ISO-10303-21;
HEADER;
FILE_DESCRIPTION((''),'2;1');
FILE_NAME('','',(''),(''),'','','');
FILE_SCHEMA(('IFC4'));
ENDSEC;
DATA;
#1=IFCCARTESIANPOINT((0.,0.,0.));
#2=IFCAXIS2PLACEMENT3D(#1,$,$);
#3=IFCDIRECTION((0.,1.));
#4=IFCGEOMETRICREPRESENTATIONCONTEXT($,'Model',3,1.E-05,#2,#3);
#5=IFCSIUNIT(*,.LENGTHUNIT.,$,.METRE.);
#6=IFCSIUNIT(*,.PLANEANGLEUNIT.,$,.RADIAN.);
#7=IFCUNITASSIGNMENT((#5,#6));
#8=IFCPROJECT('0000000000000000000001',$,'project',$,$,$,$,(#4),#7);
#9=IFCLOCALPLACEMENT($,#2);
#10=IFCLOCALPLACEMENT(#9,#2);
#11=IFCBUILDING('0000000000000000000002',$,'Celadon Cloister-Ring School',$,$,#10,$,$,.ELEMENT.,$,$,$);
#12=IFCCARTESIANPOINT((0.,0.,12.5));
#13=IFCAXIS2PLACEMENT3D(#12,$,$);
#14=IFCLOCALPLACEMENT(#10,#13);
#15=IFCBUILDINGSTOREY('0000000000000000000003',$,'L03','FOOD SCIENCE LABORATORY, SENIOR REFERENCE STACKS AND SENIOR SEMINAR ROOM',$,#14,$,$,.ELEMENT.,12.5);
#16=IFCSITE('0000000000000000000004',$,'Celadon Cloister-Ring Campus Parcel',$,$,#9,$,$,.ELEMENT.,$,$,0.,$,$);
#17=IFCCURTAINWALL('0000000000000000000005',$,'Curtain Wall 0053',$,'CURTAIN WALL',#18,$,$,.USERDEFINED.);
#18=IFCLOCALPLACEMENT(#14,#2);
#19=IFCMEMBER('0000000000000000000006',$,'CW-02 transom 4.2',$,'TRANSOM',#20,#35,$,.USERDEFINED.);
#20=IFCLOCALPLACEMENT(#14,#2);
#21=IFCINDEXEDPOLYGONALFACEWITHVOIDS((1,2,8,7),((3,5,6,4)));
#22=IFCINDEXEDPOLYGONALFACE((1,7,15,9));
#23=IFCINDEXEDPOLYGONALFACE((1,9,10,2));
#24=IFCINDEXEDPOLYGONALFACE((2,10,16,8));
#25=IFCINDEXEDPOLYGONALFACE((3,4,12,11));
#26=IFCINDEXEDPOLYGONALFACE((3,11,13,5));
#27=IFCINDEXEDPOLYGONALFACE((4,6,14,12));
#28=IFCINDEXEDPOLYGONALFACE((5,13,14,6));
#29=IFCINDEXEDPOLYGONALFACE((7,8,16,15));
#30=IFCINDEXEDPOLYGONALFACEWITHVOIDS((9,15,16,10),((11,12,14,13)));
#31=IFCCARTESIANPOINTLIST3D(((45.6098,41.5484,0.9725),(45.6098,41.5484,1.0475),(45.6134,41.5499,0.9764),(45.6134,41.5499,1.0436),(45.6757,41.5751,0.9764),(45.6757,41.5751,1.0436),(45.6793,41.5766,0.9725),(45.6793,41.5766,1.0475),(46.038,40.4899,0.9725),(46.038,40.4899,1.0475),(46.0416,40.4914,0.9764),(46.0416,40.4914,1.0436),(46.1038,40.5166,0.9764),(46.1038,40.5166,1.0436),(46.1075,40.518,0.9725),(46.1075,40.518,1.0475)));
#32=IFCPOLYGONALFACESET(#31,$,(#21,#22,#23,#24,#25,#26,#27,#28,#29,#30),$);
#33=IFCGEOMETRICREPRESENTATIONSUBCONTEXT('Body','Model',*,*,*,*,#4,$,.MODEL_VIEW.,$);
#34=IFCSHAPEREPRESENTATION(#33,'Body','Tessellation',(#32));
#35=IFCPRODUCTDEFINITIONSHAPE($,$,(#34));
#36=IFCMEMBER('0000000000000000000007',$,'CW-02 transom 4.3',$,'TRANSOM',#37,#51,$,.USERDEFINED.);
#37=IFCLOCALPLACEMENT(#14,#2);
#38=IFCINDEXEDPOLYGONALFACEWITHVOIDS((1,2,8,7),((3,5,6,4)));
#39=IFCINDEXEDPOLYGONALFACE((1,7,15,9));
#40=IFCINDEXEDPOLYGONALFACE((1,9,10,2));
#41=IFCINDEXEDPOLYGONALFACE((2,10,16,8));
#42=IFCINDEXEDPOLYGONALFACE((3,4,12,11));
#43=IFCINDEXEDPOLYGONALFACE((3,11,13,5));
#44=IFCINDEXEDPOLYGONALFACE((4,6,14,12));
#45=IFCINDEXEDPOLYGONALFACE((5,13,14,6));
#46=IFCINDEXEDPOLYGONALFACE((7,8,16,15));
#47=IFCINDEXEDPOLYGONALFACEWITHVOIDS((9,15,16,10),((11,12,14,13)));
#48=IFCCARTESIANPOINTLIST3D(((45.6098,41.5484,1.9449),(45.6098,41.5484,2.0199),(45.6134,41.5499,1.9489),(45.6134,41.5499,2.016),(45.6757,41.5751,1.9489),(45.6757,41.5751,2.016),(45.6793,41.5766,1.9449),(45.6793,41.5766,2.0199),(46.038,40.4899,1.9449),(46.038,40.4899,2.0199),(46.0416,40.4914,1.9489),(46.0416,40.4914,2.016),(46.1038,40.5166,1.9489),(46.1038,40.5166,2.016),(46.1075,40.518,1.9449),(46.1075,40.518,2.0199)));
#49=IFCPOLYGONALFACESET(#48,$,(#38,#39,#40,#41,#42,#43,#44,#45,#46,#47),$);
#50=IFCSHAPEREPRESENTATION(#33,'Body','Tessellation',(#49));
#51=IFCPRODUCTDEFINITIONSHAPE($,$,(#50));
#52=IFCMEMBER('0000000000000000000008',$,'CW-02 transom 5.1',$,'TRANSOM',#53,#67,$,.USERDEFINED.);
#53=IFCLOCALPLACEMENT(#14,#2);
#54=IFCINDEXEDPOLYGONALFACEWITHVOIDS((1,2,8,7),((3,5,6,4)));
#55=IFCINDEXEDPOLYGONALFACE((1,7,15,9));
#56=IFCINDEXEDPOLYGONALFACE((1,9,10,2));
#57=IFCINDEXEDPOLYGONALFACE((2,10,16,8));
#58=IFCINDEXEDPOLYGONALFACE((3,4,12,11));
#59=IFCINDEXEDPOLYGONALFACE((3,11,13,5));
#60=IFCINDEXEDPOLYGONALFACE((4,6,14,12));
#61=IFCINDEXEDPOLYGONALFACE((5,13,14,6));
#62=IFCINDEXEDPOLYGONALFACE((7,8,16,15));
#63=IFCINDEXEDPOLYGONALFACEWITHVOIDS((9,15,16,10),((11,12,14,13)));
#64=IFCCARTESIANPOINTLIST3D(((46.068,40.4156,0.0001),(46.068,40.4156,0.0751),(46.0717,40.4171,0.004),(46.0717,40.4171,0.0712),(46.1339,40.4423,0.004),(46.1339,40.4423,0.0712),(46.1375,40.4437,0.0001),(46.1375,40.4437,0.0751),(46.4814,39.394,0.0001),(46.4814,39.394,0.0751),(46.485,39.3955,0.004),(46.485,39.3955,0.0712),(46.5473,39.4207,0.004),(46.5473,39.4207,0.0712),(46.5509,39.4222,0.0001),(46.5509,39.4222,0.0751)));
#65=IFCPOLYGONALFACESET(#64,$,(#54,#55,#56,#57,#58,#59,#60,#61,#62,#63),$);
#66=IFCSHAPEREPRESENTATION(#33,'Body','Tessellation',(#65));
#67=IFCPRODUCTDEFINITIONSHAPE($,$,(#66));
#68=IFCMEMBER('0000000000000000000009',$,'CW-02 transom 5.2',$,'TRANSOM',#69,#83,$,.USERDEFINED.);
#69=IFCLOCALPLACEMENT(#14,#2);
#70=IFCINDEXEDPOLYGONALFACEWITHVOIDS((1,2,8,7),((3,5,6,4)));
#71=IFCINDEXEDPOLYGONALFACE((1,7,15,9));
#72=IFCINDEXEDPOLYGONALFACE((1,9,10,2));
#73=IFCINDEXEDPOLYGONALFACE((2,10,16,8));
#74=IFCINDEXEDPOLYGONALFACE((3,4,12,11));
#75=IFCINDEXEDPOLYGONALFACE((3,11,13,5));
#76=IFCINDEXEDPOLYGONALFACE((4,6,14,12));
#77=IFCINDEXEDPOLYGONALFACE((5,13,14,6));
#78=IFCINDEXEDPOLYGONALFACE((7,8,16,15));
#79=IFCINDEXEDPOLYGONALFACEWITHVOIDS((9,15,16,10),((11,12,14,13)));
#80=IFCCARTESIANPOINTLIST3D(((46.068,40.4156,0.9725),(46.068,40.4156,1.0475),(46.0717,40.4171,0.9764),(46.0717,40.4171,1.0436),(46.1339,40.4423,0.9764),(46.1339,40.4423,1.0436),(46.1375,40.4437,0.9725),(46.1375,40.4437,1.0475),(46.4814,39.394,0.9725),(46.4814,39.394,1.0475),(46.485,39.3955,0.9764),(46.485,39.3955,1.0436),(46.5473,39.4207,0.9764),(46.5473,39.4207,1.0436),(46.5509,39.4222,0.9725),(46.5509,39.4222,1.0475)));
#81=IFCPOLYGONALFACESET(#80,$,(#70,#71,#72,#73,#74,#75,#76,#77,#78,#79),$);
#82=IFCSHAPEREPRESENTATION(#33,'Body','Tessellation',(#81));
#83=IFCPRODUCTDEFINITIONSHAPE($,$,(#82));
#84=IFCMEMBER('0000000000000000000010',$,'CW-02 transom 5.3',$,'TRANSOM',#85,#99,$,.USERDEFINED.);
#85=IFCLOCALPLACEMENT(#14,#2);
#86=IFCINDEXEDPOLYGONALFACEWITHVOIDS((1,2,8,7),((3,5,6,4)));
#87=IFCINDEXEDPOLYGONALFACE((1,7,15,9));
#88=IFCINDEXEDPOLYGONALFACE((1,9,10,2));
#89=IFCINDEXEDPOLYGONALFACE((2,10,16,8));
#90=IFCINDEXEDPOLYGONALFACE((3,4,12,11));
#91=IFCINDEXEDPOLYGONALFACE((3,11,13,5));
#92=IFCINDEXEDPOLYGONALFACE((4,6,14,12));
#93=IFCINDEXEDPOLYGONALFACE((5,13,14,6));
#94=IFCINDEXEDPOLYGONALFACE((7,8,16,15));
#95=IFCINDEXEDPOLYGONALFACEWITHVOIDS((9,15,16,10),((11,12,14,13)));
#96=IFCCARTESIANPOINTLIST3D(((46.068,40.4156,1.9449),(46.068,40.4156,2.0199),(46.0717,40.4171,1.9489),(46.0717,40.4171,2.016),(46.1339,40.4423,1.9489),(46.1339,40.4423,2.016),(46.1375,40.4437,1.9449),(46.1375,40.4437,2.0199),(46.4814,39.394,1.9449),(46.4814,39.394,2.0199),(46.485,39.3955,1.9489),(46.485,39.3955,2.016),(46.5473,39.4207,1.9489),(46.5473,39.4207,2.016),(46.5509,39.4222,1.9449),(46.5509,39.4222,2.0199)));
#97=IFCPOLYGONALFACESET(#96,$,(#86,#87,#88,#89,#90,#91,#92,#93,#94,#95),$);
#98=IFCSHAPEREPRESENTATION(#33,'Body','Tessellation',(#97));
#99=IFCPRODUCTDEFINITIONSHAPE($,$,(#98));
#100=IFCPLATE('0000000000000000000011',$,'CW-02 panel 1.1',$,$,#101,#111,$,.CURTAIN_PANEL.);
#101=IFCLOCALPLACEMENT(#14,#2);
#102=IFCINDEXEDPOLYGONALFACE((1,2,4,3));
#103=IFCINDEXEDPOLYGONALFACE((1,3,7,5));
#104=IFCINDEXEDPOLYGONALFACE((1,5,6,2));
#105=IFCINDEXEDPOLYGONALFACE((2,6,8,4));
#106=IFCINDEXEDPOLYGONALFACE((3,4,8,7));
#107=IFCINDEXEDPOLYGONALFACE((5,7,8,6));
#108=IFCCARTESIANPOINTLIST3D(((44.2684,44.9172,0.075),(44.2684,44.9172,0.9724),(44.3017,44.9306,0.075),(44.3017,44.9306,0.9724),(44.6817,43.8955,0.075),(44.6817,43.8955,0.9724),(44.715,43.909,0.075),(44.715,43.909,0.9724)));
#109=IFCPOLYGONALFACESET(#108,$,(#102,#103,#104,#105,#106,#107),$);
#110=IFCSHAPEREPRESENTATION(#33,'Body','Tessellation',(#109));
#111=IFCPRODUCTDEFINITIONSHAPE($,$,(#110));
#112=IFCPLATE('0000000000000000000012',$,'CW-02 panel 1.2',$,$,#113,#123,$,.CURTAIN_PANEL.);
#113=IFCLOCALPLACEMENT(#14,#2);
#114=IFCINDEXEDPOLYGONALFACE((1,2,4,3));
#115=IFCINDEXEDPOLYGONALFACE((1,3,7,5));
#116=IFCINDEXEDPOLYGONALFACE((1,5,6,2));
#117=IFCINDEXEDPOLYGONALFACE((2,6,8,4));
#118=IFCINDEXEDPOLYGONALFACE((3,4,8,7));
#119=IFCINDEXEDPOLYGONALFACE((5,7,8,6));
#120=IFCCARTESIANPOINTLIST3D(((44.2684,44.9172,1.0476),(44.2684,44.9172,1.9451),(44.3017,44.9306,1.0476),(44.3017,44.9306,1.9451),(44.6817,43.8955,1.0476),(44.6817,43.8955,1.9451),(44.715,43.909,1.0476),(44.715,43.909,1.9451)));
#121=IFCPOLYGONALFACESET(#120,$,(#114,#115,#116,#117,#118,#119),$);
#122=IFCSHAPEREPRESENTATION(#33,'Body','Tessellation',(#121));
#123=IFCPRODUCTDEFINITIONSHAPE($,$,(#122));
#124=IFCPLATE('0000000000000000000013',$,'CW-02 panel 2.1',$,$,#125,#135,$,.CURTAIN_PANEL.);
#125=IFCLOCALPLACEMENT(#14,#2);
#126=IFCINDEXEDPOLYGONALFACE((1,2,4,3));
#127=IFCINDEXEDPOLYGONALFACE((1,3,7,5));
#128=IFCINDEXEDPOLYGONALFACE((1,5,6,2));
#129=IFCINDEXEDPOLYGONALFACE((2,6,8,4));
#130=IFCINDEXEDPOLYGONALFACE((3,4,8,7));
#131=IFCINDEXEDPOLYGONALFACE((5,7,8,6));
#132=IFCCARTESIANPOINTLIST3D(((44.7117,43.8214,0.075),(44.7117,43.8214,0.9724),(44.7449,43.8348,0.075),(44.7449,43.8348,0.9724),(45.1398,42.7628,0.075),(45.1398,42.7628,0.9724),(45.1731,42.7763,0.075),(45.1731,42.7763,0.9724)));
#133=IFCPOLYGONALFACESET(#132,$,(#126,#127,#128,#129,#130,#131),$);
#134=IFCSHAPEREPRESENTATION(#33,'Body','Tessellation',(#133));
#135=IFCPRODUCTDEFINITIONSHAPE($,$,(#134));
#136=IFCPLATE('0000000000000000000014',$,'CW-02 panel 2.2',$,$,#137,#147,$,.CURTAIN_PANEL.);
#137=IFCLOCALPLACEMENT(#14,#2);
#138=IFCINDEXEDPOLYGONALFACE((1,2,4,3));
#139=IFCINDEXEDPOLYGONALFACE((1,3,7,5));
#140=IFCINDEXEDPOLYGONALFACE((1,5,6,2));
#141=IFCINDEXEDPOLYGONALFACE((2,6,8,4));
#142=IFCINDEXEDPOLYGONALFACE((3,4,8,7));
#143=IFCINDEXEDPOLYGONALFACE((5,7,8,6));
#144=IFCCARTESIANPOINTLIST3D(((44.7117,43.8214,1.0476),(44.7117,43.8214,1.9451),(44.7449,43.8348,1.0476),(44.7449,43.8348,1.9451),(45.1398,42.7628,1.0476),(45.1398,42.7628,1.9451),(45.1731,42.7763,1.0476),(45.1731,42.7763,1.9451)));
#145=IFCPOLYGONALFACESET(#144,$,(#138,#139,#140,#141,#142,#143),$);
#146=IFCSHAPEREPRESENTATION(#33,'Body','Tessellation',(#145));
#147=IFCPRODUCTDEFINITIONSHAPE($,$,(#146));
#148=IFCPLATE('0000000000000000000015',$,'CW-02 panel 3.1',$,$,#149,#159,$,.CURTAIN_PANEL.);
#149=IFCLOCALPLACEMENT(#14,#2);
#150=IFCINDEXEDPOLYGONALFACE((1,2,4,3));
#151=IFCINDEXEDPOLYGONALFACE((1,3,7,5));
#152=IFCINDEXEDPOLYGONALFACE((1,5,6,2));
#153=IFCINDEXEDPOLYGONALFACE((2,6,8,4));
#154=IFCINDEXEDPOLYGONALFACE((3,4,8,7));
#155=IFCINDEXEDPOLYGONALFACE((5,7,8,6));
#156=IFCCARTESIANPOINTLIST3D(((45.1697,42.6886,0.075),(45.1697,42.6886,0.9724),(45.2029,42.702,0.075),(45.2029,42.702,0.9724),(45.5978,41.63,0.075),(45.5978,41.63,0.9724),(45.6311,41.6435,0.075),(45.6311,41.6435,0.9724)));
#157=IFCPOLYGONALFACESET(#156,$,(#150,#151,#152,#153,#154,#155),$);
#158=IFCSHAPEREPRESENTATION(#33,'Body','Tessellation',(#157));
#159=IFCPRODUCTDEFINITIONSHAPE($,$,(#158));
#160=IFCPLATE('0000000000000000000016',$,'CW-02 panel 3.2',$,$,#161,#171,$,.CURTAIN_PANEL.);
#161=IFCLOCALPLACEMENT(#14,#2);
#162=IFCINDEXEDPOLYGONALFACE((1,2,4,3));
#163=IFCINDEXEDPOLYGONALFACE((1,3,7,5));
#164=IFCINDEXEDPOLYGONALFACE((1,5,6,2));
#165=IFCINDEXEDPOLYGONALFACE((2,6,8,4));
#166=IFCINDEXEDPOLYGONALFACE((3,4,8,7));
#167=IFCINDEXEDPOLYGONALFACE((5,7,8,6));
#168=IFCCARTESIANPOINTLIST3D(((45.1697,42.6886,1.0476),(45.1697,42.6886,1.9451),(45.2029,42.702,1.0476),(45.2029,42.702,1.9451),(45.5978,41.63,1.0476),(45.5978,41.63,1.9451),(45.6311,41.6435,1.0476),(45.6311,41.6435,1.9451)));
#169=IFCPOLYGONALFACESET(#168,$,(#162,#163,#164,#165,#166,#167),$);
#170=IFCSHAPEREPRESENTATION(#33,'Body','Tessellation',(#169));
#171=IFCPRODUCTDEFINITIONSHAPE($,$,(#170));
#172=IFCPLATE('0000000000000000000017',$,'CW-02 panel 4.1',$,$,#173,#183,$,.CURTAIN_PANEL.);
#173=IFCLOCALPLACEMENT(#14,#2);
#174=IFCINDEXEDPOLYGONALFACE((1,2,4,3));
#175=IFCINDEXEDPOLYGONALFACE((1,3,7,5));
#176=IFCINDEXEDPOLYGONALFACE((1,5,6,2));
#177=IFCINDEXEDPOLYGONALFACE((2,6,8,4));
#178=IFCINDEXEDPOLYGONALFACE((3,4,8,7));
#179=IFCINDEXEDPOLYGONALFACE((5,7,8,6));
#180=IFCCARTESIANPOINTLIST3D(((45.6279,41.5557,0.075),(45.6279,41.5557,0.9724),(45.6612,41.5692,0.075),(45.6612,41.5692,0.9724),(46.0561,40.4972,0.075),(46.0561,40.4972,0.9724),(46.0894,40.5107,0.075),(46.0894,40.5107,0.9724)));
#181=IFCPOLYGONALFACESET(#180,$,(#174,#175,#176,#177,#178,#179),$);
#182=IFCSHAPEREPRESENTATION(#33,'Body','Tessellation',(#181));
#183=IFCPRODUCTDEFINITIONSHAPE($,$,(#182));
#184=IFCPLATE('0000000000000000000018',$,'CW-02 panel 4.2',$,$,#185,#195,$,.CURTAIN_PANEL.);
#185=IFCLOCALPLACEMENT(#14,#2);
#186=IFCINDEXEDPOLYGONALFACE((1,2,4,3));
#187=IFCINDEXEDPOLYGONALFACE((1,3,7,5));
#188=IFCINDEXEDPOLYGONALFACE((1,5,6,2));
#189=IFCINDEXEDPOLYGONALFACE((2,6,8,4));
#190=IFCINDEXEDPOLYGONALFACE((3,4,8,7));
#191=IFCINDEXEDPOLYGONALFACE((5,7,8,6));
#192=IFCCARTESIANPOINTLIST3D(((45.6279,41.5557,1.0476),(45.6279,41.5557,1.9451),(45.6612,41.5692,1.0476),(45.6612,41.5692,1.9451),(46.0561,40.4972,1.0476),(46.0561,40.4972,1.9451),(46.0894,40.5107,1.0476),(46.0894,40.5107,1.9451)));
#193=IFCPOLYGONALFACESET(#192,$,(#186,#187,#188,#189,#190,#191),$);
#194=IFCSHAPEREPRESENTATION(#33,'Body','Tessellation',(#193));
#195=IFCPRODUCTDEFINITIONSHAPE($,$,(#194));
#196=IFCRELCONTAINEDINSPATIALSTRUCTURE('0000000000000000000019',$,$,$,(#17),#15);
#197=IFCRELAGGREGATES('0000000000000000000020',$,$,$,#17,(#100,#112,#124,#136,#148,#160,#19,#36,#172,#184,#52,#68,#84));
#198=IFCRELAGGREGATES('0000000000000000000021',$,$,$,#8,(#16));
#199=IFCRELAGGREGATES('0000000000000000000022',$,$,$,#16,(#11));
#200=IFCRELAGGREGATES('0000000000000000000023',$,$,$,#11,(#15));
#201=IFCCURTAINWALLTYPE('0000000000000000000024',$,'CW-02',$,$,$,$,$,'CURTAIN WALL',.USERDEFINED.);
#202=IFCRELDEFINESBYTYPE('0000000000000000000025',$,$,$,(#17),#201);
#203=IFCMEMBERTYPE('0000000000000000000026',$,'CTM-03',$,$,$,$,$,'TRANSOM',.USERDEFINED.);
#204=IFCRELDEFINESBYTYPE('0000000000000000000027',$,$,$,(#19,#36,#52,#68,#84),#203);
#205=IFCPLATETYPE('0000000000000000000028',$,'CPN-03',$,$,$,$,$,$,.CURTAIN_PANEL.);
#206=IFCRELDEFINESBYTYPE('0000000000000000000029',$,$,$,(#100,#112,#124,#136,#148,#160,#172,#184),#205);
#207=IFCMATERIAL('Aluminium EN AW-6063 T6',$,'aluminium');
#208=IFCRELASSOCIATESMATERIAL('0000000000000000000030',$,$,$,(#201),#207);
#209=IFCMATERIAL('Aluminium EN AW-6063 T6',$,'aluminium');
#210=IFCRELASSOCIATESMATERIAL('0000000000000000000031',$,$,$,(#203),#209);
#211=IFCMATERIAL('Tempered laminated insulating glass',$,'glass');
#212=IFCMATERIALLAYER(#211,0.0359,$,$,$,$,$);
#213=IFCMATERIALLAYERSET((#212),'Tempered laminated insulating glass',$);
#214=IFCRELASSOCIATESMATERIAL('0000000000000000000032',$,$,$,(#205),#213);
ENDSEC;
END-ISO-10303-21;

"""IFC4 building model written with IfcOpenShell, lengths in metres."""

from ifc_helpers import new_model, si_unit, direction, frame, origin, origin_2d, place, context, subcontext, project, spatial, rectangle, hollow_rectangle, extrude, material, layer, layer_set, material_profile, profile_set, type_object, element, aggregate, save


model = new_model("IFC4")

# Units and contexts
model_context = context("Model", 3, precision=1e-05, world=origin(), true_north=direction((0.0, 1.0)))
body_context = subcontext(model_context, "Body", "Model", "MODEL_VIEW")
ifc_project = project(units=[si_unit("LENGTHUNIT", "METRE"), si_unit("PLANEANGLEUNIT", "RADIAN")], contexts=[model_context])

# Site, building, storey
site_placement = place(None, origin())
site = spatial("IfcSite", under=ifc_project, at=site_placement, Name="Celadon Cloister-Ring Campus Parcel", CompositionType="ELEMENT", RefElevation=0.0)
building_placement = place(site_placement, origin())
building = spatial("IfcBuilding", under=site, at=building_placement, Name="Celadon Cloister-Ring School", CompositionType="ELEMENT")
storey_placement = place(building_placement, frame((0.0, 0.0, 12.5)))
storey = spatial("IfcBuildingStorey", under=building, at=storey_placement, Name="L03", Description="FOOD SCIENCE LABORATORY, SENIOR REFERENCE STACKS AND SENIOR SEMINAR ROOM", CompositionType="ELEMENT", Elevation=12.5)

# Curtain wall, members, plates
ifc_material_1 = material(Name="Aluminium EN AW-6063 T6", Category="aluminium")
curtain_wall_type = type_object("IfcCurtainWallType", Name="CW-02", ElementType="CURTAIN WALL", PredefinedType="USERDEFINED", material=ifc_material_1)
curtain_wall_placement = place(storey_placement, origin())
curtain_wall = element("IfcCurtainWall", 1, at=curtain_wall_placement, inside=storey, type_object=curtain_wall_type, Name="Curtain Wall 0053", ObjectType="CURTAIN WALL", PredefinedType="USERDEFINED")
ifc_material_2 = material(Name="Aluminium EN AW-6063 T6", Category="aluminium")
ifc_material_profile_1 = material_profile(ifc_material_2, hollow_rectangle(XDim=0.075, YDim=0.075, WallThickness=0.0039, at=origin_2d()), Name="RHS75X75X4")
ifc_profile_set_1 = profile_set([ifc_material_profile_1], Name="Aluminium EN AW-6063 T6")
member_type_1 = type_object("IfcMemberType", Name="CTM-03", ElementType="TRANSOM", PredefinedType="USERDEFINED", material=ifc_profile_set_1)
member_1_placement = place(storey_placement, frame((45.6445, 41.5625, 1.01), z_axis=(0.375, -0.927025, 0.0), x_axis=(0.927025, 0.375, 0.0)))
member_1 = element("IfcMember", 2, at=member_1_placement, type_object=member_type_1, Name="CW-02 transom 4.2", ObjectType="TRANSOM", PredefinedType="USERDEFINED", context=body_context, shape_type="SweptSolid", body=[
    extrude(hollow_rectangle(XDim=0.075, YDim=0.075, WallThickness=0.0039, at=origin_2d()), origin(), (0.0, 0.0, 1.0), 1.1418),
])
member_2_placement = place(storey_placement, frame((45.6445, 41.5625, 1.9824), z_axis=(0.375, -0.927025, 0.0), x_axis=(0.927025, 0.375, 0.0)))
member_2 = element("IfcMember", 3, at=member_2_placement, type_object=member_type_1, Name="CW-02 transom 4.3", ObjectType="TRANSOM", PredefinedType="USERDEFINED", context=body_context, shape_type="SweptSolid", body=[
    extrude(hollow_rectangle(XDim=0.075, YDim=0.075, WallThickness=0.0039, at=origin_2d()), origin(), (0.0, 0.0, 1.0), 1.1418),
])
member_3_placement = place(storey_placement, frame((46.1028, 40.4297, 0.0376), z_axis=(0.375093, -0.926987, 0.0), x_axis=(0.926987, 0.375093, 0.0)))
member_3 = element("IfcMember", 4, at=member_3_placement, type_object=member_type_1, Name="CW-02 transom 5.1", ObjectType="TRANSOM", PredefinedType="USERDEFINED", context=body_context, shape_type="SweptSolid", body=[
    extrude(hollow_rectangle(XDim=0.075, YDim=0.075, WallThickness=0.0039, at=origin_2d()), origin(), (0.0, 0.0, 1.0), 1.1021),
])
member_4_placement = place(storey_placement, frame((46.1028, 40.4297, 1.01), z_axis=(0.375093, -0.926987, 0.0), x_axis=(0.926987, 0.375093, 0.0)))
member_4 = element("IfcMember", 5, at=member_4_placement, type_object=member_type_1, Name="CW-02 transom 5.2", ObjectType="TRANSOM", PredefinedType="USERDEFINED", context=body_context, shape_type="SweptSolid", body=[
    extrude(hollow_rectangle(XDim=0.075, YDim=0.075, WallThickness=0.0039, at=origin_2d()), origin(), (0.0, 0.0, 1.0), 1.1021),
])
member_5_placement = place(storey_placement, frame((46.1028, 40.4297, 1.9824), z_axis=(0.375093, -0.926987, 0.0), x_axis=(0.926987, 0.375093, 0.0)))
member_5 = element("IfcMember", 6, at=member_5_placement, type_object=member_type_1, Name="CW-02 transom 5.3", ObjectType="TRANSOM", PredefinedType="USERDEFINED", context=body_context, shape_type="SweptSolid", body=[
    extrude(hollow_rectangle(XDim=0.075, YDim=0.075, WallThickness=0.0039, at=origin_2d()), origin(), (0.0, 0.0, 1.0), 1.1021),
])
ifc_material_3 = material(Name="Tempered laminated insulating glass", Category="glass")
ifc_layer = layer(ifc_material_3, 0.0359)
ifc_layer_set = layer_set([ifc_layer], Name="Tempered laminated insulating glass")
plate_type = type_object("IfcPlateType", Name="CPN-03", PredefinedType="CURTAIN_PANEL", material=ifc_layer_set)
plate_1_placement = place(storey_placement, frame((44.4917, 44.4131, 0.075), z_axis=(0.0, 0.0, 1.0), x_axis=(0.374972, -0.927036, 0.0)))
plate_1 = element("IfcPlate", 7, at=plate_1_placement, type_object=plate_type, Name="CW-02 panel 1.1", PredefinedType="CURTAIN_PANEL", context=body_context, shape_type="SweptSolid", body=[
    extrude(rectangle(XDim=1.1021, YDim=0.0359, at=origin_2d()), origin(), (0.0, 0.0, 1.0), 0.8975),
])
plate_2_placement = place(storey_placement, frame((44.4917, 44.4131, 1.0476), z_axis=(0.0, 0.0, 1.0), x_axis=(0.374972, -0.927036, 0.0)))
plate_2 = element("IfcPlate", 8, at=plate_2_placement, type_object=plate_type, Name="CW-02 panel 1.2", PredefinedType="CURTAIN_PANEL", context=body_context, shape_type="SweptSolid", body=[
    extrude(rectangle(XDim=1.1021, YDim=0.0359, at=origin_2d()), origin(), (0.0, 0.0, 1.0), 0.8975),
])
plate_3_placement = place(storey_placement, frame((44.9424, 43.2988, 0.075), z_axis=(0.0, 0.0, 1.0), x_axis=(0.374972, -0.927036, 0.0)))
plate_3 = element("IfcPlate", 9, at=plate_3_placement, type_object=plate_type, Name="CW-02 panel 2.1", PredefinedType="CURTAIN_PANEL", context=body_context, shape_type="SweptSolid", body=[
    extrude(rectangle(XDim=1.1418, YDim=0.0359, at=origin_2d()), origin(), (0.0, 0.0, 1.0), 0.8975),
])
plate_4_placement = place(storey_placement, frame((44.9424, 43.2988, 1.0476), z_axis=(0.0, 0.0, 1.0), x_axis=(0.374972, -0.927036, 0.0)))
plate_4 = element("IfcPlate", 10, at=plate_4_placement, type_object=plate_type, Name="CW-02 panel 2.2", PredefinedType="CURTAIN_PANEL", context=body_context, shape_type="SweptSolid", body=[
    extrude(rectangle(XDim=1.1418, YDim=0.0359, at=origin_2d()), origin(), (0.0, 0.0, 1.0), 0.8975),
])
plate_5_placement = place(storey_placement, frame((45.4004, 42.166, 0.075), z_axis=(0.0, 0.0, 1.0), x_axis=(0.374972, -0.927036, 0.0)))
plate_5 = element("IfcPlate", 11, at=plate_5_placement, type_object=plate_type, Name="CW-02 panel 3.1", PredefinedType="CURTAIN_PANEL", context=body_context, shape_type="SweptSolid", body=[
    extrude(rectangle(XDim=1.1418, YDim=0.0359, at=origin_2d()), origin(), (0.0, 0.0, 1.0), 0.8975),
])
plate_6_placement = place(storey_placement, frame((45.4004, 42.166, 1.0476), z_axis=(0.0, 0.0, 1.0), x_axis=(0.374972, -0.927036, 0.0)))
plate_6 = element("IfcPlate", 12, at=plate_6_placement, type_object=plate_type, Name="CW-02 panel 3.2", PredefinedType="CURTAIN_PANEL", context=body_context, shape_type="SweptSolid", body=[
    extrude(rectangle(XDim=1.1418, YDim=0.0359, at=origin_2d()), origin(), (0.0, 0.0, 1.0), 0.8975),
])
plate_7_placement = place(storey_placement, frame((45.8586, 41.0332, 0.075), z_axis=(0.0, 0.0, 1.0), x_axis=(0.374972, -0.927036, 0.0)))
plate_7 = element("IfcPlate", 13, at=plate_7_placement, type_object=plate_type, Name="CW-02 panel 4.1", PredefinedType="CURTAIN_PANEL", context=body_context, shape_type="SweptSolid", body=[
    extrude(rectangle(XDim=1.1418, YDim=0.0359, at=origin_2d()), origin(), (0.0, 0.0, 1.0), 0.8975),
])
plate_8_placement = place(storey_placement, frame((45.8586, 41.0332, 1.0476), z_axis=(0.0, 0.0, 1.0), x_axis=(0.374972, -0.927036, 0.0)))
plate_8 = element("IfcPlate", 14, at=plate_8_placement, type_object=plate_type, Name="CW-02 panel 4.2", PredefinedType="CURTAIN_PANEL", context=body_context, shape_type="SweptSolid", body=[
    extrude(rectangle(XDim=1.1418, YDim=0.0359, at=origin_2d()), origin(), (0.0, 0.0, 1.0), 0.8975),
])
aggregate(curtain_wall, [plate_1, plate_2, plate_3, plate_4, plate_5, plate_6, member_1, member_2, plate_7, plate_8, member_3, member_4, member_5])

save(model, "model.ifc")
